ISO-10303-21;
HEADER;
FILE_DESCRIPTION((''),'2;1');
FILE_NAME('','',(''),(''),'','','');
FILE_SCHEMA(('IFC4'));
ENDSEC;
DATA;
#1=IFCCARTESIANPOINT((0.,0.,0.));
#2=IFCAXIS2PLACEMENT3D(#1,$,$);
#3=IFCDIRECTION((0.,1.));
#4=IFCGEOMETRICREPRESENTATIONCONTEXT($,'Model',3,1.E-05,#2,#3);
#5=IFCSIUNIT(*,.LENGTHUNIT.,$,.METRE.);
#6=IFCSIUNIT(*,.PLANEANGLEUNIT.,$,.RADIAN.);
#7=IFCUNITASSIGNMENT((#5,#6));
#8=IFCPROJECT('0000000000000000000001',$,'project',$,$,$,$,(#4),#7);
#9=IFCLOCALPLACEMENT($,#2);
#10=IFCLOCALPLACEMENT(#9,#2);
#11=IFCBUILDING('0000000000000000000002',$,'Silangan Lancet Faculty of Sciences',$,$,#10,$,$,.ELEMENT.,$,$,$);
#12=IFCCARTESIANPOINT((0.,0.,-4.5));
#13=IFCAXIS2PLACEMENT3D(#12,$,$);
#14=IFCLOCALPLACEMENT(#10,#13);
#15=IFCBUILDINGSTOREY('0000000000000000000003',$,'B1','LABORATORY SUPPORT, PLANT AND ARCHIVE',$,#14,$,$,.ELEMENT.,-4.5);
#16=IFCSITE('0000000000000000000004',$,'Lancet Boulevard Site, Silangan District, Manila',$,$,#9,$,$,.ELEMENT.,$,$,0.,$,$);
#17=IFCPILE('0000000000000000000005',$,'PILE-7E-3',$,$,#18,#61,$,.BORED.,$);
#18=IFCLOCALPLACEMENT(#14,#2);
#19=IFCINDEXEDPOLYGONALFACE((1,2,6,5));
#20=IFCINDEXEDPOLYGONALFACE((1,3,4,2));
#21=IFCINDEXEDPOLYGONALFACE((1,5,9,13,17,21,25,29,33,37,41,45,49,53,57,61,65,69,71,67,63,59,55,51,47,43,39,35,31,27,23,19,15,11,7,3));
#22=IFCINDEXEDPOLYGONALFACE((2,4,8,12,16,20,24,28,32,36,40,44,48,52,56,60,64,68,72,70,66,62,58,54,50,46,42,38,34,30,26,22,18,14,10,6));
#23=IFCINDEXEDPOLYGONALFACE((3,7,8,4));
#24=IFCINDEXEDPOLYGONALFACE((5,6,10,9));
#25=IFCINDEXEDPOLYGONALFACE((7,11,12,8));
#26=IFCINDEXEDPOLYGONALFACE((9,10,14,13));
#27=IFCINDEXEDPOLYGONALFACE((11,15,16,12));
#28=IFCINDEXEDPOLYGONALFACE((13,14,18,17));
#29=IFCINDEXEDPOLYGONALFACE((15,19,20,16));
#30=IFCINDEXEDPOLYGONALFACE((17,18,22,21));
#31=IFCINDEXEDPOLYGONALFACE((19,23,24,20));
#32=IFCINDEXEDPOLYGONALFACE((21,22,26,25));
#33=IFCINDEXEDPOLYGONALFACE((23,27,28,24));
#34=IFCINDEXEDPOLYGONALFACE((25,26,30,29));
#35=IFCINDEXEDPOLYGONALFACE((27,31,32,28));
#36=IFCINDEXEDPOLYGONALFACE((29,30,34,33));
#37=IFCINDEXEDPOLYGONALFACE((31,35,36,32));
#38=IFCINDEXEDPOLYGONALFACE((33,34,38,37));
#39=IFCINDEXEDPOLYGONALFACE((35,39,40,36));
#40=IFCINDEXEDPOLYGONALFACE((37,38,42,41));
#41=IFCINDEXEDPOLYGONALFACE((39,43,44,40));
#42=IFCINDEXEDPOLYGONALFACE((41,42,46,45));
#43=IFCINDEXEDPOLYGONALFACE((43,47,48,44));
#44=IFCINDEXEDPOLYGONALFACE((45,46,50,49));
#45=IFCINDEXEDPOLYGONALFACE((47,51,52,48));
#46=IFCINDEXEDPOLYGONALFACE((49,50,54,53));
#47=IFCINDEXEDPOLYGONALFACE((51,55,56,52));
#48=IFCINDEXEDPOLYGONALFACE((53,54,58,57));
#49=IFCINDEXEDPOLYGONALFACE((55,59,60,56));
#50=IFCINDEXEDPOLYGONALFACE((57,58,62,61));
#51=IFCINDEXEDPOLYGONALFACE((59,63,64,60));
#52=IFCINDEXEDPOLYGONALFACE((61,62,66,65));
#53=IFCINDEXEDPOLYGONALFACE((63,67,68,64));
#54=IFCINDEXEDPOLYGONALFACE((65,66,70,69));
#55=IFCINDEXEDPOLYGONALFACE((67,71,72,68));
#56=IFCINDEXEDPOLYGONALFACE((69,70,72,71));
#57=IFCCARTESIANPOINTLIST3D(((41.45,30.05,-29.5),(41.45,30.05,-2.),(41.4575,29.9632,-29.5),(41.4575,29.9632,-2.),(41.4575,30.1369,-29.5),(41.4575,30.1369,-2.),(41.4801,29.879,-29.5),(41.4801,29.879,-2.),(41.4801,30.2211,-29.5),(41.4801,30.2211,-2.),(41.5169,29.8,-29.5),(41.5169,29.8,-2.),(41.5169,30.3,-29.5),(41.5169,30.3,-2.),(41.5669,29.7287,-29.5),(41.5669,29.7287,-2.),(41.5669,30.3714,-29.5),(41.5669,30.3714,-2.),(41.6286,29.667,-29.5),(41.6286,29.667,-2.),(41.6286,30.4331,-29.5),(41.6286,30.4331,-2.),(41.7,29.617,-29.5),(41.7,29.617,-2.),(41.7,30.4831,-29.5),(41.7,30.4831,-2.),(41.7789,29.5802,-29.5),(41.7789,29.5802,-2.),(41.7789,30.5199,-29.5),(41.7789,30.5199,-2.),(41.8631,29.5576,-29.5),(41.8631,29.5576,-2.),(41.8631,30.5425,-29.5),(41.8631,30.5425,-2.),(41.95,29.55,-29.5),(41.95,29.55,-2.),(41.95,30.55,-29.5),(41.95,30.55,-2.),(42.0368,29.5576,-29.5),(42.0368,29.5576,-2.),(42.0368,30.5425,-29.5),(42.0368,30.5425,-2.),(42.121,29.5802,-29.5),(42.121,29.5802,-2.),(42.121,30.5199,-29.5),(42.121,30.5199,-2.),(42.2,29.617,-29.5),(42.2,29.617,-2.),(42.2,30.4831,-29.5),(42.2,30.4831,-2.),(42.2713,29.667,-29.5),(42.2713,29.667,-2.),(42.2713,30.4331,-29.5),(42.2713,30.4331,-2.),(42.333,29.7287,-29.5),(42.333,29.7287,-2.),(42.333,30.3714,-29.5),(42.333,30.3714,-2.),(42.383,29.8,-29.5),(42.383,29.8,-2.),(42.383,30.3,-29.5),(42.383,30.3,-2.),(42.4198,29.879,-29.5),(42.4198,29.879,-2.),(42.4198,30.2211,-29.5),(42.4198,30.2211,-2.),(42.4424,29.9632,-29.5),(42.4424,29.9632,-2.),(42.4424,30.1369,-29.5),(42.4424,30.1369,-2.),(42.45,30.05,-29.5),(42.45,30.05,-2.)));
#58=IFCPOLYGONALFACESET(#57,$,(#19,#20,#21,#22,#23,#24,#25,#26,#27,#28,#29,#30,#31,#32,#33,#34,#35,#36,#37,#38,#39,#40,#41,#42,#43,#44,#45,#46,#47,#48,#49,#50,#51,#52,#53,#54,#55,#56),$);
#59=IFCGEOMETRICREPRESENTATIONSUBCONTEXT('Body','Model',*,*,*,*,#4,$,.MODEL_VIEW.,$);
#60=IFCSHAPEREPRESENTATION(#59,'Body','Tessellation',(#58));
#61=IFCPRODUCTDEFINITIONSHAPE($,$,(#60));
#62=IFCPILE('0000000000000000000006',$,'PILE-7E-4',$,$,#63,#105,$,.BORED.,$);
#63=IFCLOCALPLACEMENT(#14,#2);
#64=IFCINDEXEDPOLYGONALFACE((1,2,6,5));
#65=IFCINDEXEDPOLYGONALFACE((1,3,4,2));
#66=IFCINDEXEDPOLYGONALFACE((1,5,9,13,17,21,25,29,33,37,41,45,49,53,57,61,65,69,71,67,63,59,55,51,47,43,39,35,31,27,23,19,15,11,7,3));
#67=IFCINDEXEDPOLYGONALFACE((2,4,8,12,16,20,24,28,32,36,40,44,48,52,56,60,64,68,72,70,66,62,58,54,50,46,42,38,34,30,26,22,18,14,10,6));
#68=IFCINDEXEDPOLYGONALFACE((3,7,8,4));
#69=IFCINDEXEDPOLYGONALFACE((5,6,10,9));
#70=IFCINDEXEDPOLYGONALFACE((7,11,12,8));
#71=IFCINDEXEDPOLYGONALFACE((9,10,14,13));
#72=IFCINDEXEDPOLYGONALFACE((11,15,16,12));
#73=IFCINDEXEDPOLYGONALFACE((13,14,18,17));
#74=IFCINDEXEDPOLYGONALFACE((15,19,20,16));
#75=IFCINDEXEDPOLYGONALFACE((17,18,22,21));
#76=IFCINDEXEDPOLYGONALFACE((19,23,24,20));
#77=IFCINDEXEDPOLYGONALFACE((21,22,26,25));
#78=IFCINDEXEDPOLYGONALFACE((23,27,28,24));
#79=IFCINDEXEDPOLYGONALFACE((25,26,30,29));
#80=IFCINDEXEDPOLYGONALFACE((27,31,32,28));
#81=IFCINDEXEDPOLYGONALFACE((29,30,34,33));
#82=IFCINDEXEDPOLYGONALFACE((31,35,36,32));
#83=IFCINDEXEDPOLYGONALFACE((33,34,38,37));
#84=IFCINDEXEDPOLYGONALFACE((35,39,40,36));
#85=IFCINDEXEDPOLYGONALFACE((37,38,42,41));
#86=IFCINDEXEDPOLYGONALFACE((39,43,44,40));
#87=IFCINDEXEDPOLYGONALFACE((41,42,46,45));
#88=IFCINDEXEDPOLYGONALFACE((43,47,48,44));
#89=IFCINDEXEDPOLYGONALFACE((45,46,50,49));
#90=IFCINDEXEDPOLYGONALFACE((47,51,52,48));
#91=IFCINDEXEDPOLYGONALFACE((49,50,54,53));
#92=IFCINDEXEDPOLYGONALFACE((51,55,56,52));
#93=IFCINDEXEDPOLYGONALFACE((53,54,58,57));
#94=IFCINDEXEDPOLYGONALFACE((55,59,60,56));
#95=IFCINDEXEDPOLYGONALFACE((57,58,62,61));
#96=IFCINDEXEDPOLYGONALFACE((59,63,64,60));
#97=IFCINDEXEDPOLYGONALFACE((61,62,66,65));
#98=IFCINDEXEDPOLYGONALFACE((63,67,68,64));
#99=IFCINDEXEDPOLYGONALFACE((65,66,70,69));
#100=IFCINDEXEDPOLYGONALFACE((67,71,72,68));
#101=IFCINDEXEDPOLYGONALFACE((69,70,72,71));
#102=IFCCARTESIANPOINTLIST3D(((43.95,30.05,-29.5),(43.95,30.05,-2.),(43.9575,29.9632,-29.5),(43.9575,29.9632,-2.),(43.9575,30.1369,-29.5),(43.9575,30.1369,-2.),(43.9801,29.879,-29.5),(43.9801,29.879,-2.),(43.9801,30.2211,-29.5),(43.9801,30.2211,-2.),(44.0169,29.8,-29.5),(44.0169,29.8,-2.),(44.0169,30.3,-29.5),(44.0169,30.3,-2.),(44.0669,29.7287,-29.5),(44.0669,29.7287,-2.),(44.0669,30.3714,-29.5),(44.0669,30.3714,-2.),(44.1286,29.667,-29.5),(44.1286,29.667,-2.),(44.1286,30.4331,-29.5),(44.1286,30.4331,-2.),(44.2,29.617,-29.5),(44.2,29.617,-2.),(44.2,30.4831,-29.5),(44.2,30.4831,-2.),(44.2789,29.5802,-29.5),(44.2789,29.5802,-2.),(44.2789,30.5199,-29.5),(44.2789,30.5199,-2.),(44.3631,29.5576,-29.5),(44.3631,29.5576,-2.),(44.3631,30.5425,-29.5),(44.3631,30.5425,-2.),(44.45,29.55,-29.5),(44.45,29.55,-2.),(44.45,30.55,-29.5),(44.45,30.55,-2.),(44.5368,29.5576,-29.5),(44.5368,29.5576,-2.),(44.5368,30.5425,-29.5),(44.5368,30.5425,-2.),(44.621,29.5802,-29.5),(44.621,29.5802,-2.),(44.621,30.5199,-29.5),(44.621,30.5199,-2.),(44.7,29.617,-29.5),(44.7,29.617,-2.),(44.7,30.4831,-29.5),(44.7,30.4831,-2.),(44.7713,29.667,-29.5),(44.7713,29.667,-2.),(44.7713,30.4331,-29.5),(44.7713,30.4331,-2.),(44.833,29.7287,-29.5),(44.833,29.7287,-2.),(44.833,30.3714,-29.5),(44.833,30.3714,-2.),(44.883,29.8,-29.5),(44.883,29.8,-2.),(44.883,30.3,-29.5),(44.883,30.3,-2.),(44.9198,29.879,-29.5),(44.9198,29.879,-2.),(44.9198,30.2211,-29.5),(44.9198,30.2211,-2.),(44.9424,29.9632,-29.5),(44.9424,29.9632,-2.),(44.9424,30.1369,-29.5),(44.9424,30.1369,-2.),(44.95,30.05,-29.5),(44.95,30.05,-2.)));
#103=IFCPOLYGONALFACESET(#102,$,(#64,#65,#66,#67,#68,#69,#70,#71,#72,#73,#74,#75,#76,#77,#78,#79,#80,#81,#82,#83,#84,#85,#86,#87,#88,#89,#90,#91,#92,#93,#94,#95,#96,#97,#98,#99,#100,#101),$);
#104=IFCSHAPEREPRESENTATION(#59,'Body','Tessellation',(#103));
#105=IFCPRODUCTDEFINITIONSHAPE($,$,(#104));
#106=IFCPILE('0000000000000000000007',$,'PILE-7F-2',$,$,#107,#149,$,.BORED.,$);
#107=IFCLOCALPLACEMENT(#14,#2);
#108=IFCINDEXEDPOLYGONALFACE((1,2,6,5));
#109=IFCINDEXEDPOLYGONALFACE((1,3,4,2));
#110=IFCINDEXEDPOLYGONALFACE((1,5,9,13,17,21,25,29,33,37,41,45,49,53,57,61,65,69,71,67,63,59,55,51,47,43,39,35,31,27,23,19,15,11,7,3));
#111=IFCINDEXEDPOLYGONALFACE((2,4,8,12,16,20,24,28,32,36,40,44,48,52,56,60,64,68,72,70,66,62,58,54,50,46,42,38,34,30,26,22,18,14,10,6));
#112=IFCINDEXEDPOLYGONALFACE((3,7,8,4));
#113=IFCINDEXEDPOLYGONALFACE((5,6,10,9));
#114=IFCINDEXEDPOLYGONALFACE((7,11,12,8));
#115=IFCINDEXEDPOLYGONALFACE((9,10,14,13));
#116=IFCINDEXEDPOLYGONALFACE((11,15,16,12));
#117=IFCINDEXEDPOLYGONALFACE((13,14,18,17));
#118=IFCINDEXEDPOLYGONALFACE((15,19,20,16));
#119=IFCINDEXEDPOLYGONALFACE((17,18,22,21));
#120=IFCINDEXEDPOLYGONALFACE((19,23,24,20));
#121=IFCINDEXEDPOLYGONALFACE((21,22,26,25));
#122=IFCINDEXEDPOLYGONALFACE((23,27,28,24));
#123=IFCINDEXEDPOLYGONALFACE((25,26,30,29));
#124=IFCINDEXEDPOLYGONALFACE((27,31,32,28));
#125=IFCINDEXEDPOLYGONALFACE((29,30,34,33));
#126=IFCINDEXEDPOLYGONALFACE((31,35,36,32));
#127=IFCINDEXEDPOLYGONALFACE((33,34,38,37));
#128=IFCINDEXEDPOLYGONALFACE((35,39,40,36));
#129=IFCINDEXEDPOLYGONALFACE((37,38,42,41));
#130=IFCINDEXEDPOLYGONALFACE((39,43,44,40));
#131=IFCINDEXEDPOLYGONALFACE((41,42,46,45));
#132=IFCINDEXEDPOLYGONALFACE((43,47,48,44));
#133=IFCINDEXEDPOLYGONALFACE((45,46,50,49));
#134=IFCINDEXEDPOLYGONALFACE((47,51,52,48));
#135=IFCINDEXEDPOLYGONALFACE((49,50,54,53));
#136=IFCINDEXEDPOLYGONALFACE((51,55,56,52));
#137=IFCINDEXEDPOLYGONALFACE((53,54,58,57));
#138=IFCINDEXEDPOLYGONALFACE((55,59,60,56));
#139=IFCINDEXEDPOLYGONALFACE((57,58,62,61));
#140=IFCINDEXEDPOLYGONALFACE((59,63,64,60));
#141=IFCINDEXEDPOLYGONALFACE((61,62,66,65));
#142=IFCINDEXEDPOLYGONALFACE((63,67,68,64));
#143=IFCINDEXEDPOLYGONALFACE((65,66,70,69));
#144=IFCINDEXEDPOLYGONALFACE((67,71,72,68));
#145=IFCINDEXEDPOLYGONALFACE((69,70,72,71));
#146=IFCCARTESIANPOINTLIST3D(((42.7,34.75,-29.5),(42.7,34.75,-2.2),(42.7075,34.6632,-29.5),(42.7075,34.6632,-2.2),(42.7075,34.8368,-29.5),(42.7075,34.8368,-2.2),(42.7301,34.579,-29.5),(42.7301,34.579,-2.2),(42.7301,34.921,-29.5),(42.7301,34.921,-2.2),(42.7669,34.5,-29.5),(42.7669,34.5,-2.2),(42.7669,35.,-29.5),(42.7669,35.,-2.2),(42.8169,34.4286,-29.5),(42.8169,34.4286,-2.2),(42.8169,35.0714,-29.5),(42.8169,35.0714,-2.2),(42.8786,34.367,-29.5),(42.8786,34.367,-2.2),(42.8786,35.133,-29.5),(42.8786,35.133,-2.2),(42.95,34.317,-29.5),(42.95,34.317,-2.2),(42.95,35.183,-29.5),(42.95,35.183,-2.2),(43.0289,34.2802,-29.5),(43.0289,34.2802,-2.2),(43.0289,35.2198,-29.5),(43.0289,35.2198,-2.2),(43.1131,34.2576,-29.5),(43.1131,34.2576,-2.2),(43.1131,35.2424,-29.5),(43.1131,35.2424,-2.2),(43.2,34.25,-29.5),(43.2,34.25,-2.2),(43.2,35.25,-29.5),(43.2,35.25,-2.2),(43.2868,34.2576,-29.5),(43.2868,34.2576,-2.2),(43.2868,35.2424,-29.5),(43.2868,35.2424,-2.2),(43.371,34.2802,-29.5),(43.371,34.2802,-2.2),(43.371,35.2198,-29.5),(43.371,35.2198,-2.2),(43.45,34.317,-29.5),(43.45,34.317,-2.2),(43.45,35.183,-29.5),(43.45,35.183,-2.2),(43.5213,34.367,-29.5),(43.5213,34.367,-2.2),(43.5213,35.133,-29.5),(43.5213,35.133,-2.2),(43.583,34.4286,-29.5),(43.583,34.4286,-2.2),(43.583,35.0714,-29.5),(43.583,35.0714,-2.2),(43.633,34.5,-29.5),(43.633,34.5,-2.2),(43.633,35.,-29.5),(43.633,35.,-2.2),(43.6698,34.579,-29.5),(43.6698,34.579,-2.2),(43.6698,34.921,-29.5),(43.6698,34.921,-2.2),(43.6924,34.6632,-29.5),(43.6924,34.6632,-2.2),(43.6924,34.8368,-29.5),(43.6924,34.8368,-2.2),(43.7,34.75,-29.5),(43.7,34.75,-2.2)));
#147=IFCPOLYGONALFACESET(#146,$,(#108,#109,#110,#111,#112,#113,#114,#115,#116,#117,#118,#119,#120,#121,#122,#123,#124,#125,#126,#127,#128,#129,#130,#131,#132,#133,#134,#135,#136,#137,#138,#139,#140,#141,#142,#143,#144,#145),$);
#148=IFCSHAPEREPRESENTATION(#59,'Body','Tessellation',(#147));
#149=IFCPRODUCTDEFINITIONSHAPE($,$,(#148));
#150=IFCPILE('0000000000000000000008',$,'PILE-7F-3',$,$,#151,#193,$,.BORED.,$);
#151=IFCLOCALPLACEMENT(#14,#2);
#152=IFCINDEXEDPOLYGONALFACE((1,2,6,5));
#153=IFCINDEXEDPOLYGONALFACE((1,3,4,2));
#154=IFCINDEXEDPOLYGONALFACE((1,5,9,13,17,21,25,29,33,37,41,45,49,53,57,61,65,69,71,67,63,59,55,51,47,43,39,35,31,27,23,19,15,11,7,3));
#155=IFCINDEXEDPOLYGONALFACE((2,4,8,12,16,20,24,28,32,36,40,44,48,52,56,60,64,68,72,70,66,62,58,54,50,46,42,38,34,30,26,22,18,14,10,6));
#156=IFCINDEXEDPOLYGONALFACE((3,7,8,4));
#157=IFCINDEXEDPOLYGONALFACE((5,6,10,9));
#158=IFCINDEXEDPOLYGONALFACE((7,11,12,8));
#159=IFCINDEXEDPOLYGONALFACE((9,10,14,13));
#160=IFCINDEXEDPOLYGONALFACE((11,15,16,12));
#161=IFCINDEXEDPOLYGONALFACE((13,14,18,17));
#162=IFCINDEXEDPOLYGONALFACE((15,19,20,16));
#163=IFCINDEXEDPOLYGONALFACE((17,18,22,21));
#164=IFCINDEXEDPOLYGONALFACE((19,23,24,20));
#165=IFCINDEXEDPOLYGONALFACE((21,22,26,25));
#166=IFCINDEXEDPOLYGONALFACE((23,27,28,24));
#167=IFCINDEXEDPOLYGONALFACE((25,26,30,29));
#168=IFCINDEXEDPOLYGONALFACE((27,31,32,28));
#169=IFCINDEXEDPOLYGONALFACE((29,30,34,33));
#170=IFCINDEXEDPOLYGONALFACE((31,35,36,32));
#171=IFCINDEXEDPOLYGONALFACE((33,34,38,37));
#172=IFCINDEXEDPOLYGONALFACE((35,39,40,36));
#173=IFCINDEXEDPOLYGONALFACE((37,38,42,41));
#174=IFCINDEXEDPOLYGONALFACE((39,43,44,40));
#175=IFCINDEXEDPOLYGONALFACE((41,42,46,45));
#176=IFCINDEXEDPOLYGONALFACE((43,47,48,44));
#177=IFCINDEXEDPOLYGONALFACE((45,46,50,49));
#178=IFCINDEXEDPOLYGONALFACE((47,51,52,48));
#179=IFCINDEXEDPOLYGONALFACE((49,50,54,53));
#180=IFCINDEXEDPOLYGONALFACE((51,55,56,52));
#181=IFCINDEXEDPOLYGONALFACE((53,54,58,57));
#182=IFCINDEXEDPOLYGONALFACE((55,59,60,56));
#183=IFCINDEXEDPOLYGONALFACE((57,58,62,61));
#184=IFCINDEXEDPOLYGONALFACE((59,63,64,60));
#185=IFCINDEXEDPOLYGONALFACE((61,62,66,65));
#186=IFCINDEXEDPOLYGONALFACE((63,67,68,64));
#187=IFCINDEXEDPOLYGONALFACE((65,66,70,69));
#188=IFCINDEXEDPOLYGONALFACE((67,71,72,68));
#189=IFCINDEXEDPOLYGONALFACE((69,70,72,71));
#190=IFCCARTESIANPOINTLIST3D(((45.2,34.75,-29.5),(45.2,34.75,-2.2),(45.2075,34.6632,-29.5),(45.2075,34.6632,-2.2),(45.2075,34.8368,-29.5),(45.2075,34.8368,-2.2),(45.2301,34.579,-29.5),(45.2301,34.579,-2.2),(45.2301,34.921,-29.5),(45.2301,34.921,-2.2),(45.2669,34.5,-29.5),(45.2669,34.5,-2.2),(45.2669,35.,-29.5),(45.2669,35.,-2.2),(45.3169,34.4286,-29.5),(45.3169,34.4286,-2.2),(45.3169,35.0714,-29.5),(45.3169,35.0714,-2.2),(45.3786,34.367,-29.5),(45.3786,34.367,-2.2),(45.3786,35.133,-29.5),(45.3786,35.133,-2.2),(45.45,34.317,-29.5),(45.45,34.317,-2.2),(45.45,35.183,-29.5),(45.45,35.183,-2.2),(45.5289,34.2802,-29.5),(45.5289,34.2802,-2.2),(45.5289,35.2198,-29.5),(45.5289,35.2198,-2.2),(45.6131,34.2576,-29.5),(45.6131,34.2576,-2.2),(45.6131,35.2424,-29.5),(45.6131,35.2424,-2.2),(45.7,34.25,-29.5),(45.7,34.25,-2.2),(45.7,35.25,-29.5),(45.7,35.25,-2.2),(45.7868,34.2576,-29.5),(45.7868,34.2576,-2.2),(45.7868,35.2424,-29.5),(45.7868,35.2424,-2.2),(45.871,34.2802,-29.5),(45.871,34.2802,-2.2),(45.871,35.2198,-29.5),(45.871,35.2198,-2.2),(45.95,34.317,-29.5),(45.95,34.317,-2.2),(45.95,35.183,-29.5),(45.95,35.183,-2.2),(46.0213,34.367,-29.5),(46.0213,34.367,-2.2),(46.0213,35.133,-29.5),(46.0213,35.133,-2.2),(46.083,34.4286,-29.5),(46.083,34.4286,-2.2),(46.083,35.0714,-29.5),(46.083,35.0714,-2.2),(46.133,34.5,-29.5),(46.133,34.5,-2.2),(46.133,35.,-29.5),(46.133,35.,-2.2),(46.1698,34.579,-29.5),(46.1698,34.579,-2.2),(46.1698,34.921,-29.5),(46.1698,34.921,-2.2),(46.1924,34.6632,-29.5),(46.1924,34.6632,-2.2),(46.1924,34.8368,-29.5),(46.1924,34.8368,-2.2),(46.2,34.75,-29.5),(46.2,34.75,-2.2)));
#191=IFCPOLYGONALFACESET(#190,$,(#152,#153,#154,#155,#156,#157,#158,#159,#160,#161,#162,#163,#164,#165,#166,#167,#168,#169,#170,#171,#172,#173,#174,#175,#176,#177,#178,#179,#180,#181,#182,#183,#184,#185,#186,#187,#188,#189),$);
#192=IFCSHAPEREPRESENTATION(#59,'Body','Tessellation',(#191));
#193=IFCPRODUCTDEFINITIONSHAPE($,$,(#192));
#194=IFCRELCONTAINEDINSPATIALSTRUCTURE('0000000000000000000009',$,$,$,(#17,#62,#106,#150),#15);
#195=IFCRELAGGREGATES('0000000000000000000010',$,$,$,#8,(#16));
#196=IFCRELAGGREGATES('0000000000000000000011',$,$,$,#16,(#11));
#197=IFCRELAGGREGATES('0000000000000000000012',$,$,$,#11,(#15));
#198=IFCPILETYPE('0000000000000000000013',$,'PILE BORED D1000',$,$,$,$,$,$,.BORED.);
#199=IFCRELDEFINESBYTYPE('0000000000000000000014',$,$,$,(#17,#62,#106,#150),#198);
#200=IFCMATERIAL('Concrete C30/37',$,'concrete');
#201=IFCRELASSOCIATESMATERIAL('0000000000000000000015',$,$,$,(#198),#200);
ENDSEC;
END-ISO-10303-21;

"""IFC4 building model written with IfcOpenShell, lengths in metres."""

from ifc_helpers import new_model, si_unit, direction, frame, origin, origin_2d, place, context, subcontext, project, spatial, circle, extrude, material, material_profile, profile_set, type_object, element, save


model = new_model("IFC4")

# Units and contexts
model_context = context("Model", 3, precision=1e-05, world=origin(), true_north=direction((0.0, 1.0)))
body_context = subcontext(model_context, "Body", "Model", "MODEL_VIEW")
ifc_project = project(units=[si_unit("LENGTHUNIT", "METRE"), si_unit("PLANEANGLEUNIT", "RADIAN")], contexts=[model_context])

# Site, building, storey
site_placement = place(None, origin())
site = spatial("IfcSite", under=ifc_project, at=site_placement, Name="Lancet Boulevard Site, Silangan District, Manila", CompositionType="ELEMENT", RefElevation=0.0)
building_placement = place(site_placement, origin())
building = spatial("IfcBuilding", under=site, at=building_placement, Name="Silangan Lancet Faculty of Sciences", CompositionType="ELEMENT")
storey_placement = place(building_placement, frame((0.0, 0.0, -4.5)))
storey = spatial("IfcBuildingStorey", under=building, at=storey_placement, Name="B1", Description="LABORATORY SUPPORT, PLANT AND ARCHIVE", CompositionType="ELEMENT", Elevation=-4.5)

# Piles
ifc_material_1 = material(Name="Concrete C30/37", Category="concrete")
ifc_material_profile_1 = material_profile(ifc_material_1, circle(Radius=0.5, at=origin_2d()), Name="BORED PILE D1000")
ifc_profile_set_1 = profile_set([ifc_material_profile_1], Name="Concrete C30/37")
pile_type = type_object("IfcPileType", Name="PILE BORED D1000", PredefinedType="BORED", material=ifc_profile_set_1)
for number, where, z_axis, x_axis, name in (
    (1, (41.95, 30.05, -2.0), (0.0, 0.0, -1.0), (1.0, 0.0, 0.0), "PILE-7E-3"),
    (2, (44.45, 30.05, -2.0), (0.0, 0.0, -1.0), (1.0, 0.0, 0.0), "PILE-7E-4"),
):
    element("IfcPile", number, at=place(storey_placement, frame(where, z_axis=z_axis, x_axis=x_axis)), inside=storey, type_object=pile_type, Name=name, PredefinedType="BORED", context=body_context, shape_type="SweptSolid", body=[
        extrude(circle(Radius=0.5, at=origin_2d()), origin(), (0.0, 0.0, 1.0), 27.5),
    ])
for number, where, z_axis, x_axis, name in (
    (3, (43.2, 34.75, -2.2), (0.0, 0.0, -1.0), (1.0, 0.0, 0.0), "PILE-7F-2"),
    (4, (45.7, 34.75, -2.2), (0.0, 0.0, -1.0), (1.0, 0.0, 0.0), "PILE-7F-3"),
):
    element("IfcPile", number, at=place(storey_placement, frame(where, z_axis=z_axis, x_axis=x_axis)), inside=storey, type_object=pile_type, Name=name, PredefinedType="BORED", context=body_context, shape_type="SweptSolid", body=[
        extrude(circle(Radius=0.5, at=origin_2d()), origin(), (0.0, 0.0, 1.0), 27.3),
    ])

save(model, "model.ifc")
